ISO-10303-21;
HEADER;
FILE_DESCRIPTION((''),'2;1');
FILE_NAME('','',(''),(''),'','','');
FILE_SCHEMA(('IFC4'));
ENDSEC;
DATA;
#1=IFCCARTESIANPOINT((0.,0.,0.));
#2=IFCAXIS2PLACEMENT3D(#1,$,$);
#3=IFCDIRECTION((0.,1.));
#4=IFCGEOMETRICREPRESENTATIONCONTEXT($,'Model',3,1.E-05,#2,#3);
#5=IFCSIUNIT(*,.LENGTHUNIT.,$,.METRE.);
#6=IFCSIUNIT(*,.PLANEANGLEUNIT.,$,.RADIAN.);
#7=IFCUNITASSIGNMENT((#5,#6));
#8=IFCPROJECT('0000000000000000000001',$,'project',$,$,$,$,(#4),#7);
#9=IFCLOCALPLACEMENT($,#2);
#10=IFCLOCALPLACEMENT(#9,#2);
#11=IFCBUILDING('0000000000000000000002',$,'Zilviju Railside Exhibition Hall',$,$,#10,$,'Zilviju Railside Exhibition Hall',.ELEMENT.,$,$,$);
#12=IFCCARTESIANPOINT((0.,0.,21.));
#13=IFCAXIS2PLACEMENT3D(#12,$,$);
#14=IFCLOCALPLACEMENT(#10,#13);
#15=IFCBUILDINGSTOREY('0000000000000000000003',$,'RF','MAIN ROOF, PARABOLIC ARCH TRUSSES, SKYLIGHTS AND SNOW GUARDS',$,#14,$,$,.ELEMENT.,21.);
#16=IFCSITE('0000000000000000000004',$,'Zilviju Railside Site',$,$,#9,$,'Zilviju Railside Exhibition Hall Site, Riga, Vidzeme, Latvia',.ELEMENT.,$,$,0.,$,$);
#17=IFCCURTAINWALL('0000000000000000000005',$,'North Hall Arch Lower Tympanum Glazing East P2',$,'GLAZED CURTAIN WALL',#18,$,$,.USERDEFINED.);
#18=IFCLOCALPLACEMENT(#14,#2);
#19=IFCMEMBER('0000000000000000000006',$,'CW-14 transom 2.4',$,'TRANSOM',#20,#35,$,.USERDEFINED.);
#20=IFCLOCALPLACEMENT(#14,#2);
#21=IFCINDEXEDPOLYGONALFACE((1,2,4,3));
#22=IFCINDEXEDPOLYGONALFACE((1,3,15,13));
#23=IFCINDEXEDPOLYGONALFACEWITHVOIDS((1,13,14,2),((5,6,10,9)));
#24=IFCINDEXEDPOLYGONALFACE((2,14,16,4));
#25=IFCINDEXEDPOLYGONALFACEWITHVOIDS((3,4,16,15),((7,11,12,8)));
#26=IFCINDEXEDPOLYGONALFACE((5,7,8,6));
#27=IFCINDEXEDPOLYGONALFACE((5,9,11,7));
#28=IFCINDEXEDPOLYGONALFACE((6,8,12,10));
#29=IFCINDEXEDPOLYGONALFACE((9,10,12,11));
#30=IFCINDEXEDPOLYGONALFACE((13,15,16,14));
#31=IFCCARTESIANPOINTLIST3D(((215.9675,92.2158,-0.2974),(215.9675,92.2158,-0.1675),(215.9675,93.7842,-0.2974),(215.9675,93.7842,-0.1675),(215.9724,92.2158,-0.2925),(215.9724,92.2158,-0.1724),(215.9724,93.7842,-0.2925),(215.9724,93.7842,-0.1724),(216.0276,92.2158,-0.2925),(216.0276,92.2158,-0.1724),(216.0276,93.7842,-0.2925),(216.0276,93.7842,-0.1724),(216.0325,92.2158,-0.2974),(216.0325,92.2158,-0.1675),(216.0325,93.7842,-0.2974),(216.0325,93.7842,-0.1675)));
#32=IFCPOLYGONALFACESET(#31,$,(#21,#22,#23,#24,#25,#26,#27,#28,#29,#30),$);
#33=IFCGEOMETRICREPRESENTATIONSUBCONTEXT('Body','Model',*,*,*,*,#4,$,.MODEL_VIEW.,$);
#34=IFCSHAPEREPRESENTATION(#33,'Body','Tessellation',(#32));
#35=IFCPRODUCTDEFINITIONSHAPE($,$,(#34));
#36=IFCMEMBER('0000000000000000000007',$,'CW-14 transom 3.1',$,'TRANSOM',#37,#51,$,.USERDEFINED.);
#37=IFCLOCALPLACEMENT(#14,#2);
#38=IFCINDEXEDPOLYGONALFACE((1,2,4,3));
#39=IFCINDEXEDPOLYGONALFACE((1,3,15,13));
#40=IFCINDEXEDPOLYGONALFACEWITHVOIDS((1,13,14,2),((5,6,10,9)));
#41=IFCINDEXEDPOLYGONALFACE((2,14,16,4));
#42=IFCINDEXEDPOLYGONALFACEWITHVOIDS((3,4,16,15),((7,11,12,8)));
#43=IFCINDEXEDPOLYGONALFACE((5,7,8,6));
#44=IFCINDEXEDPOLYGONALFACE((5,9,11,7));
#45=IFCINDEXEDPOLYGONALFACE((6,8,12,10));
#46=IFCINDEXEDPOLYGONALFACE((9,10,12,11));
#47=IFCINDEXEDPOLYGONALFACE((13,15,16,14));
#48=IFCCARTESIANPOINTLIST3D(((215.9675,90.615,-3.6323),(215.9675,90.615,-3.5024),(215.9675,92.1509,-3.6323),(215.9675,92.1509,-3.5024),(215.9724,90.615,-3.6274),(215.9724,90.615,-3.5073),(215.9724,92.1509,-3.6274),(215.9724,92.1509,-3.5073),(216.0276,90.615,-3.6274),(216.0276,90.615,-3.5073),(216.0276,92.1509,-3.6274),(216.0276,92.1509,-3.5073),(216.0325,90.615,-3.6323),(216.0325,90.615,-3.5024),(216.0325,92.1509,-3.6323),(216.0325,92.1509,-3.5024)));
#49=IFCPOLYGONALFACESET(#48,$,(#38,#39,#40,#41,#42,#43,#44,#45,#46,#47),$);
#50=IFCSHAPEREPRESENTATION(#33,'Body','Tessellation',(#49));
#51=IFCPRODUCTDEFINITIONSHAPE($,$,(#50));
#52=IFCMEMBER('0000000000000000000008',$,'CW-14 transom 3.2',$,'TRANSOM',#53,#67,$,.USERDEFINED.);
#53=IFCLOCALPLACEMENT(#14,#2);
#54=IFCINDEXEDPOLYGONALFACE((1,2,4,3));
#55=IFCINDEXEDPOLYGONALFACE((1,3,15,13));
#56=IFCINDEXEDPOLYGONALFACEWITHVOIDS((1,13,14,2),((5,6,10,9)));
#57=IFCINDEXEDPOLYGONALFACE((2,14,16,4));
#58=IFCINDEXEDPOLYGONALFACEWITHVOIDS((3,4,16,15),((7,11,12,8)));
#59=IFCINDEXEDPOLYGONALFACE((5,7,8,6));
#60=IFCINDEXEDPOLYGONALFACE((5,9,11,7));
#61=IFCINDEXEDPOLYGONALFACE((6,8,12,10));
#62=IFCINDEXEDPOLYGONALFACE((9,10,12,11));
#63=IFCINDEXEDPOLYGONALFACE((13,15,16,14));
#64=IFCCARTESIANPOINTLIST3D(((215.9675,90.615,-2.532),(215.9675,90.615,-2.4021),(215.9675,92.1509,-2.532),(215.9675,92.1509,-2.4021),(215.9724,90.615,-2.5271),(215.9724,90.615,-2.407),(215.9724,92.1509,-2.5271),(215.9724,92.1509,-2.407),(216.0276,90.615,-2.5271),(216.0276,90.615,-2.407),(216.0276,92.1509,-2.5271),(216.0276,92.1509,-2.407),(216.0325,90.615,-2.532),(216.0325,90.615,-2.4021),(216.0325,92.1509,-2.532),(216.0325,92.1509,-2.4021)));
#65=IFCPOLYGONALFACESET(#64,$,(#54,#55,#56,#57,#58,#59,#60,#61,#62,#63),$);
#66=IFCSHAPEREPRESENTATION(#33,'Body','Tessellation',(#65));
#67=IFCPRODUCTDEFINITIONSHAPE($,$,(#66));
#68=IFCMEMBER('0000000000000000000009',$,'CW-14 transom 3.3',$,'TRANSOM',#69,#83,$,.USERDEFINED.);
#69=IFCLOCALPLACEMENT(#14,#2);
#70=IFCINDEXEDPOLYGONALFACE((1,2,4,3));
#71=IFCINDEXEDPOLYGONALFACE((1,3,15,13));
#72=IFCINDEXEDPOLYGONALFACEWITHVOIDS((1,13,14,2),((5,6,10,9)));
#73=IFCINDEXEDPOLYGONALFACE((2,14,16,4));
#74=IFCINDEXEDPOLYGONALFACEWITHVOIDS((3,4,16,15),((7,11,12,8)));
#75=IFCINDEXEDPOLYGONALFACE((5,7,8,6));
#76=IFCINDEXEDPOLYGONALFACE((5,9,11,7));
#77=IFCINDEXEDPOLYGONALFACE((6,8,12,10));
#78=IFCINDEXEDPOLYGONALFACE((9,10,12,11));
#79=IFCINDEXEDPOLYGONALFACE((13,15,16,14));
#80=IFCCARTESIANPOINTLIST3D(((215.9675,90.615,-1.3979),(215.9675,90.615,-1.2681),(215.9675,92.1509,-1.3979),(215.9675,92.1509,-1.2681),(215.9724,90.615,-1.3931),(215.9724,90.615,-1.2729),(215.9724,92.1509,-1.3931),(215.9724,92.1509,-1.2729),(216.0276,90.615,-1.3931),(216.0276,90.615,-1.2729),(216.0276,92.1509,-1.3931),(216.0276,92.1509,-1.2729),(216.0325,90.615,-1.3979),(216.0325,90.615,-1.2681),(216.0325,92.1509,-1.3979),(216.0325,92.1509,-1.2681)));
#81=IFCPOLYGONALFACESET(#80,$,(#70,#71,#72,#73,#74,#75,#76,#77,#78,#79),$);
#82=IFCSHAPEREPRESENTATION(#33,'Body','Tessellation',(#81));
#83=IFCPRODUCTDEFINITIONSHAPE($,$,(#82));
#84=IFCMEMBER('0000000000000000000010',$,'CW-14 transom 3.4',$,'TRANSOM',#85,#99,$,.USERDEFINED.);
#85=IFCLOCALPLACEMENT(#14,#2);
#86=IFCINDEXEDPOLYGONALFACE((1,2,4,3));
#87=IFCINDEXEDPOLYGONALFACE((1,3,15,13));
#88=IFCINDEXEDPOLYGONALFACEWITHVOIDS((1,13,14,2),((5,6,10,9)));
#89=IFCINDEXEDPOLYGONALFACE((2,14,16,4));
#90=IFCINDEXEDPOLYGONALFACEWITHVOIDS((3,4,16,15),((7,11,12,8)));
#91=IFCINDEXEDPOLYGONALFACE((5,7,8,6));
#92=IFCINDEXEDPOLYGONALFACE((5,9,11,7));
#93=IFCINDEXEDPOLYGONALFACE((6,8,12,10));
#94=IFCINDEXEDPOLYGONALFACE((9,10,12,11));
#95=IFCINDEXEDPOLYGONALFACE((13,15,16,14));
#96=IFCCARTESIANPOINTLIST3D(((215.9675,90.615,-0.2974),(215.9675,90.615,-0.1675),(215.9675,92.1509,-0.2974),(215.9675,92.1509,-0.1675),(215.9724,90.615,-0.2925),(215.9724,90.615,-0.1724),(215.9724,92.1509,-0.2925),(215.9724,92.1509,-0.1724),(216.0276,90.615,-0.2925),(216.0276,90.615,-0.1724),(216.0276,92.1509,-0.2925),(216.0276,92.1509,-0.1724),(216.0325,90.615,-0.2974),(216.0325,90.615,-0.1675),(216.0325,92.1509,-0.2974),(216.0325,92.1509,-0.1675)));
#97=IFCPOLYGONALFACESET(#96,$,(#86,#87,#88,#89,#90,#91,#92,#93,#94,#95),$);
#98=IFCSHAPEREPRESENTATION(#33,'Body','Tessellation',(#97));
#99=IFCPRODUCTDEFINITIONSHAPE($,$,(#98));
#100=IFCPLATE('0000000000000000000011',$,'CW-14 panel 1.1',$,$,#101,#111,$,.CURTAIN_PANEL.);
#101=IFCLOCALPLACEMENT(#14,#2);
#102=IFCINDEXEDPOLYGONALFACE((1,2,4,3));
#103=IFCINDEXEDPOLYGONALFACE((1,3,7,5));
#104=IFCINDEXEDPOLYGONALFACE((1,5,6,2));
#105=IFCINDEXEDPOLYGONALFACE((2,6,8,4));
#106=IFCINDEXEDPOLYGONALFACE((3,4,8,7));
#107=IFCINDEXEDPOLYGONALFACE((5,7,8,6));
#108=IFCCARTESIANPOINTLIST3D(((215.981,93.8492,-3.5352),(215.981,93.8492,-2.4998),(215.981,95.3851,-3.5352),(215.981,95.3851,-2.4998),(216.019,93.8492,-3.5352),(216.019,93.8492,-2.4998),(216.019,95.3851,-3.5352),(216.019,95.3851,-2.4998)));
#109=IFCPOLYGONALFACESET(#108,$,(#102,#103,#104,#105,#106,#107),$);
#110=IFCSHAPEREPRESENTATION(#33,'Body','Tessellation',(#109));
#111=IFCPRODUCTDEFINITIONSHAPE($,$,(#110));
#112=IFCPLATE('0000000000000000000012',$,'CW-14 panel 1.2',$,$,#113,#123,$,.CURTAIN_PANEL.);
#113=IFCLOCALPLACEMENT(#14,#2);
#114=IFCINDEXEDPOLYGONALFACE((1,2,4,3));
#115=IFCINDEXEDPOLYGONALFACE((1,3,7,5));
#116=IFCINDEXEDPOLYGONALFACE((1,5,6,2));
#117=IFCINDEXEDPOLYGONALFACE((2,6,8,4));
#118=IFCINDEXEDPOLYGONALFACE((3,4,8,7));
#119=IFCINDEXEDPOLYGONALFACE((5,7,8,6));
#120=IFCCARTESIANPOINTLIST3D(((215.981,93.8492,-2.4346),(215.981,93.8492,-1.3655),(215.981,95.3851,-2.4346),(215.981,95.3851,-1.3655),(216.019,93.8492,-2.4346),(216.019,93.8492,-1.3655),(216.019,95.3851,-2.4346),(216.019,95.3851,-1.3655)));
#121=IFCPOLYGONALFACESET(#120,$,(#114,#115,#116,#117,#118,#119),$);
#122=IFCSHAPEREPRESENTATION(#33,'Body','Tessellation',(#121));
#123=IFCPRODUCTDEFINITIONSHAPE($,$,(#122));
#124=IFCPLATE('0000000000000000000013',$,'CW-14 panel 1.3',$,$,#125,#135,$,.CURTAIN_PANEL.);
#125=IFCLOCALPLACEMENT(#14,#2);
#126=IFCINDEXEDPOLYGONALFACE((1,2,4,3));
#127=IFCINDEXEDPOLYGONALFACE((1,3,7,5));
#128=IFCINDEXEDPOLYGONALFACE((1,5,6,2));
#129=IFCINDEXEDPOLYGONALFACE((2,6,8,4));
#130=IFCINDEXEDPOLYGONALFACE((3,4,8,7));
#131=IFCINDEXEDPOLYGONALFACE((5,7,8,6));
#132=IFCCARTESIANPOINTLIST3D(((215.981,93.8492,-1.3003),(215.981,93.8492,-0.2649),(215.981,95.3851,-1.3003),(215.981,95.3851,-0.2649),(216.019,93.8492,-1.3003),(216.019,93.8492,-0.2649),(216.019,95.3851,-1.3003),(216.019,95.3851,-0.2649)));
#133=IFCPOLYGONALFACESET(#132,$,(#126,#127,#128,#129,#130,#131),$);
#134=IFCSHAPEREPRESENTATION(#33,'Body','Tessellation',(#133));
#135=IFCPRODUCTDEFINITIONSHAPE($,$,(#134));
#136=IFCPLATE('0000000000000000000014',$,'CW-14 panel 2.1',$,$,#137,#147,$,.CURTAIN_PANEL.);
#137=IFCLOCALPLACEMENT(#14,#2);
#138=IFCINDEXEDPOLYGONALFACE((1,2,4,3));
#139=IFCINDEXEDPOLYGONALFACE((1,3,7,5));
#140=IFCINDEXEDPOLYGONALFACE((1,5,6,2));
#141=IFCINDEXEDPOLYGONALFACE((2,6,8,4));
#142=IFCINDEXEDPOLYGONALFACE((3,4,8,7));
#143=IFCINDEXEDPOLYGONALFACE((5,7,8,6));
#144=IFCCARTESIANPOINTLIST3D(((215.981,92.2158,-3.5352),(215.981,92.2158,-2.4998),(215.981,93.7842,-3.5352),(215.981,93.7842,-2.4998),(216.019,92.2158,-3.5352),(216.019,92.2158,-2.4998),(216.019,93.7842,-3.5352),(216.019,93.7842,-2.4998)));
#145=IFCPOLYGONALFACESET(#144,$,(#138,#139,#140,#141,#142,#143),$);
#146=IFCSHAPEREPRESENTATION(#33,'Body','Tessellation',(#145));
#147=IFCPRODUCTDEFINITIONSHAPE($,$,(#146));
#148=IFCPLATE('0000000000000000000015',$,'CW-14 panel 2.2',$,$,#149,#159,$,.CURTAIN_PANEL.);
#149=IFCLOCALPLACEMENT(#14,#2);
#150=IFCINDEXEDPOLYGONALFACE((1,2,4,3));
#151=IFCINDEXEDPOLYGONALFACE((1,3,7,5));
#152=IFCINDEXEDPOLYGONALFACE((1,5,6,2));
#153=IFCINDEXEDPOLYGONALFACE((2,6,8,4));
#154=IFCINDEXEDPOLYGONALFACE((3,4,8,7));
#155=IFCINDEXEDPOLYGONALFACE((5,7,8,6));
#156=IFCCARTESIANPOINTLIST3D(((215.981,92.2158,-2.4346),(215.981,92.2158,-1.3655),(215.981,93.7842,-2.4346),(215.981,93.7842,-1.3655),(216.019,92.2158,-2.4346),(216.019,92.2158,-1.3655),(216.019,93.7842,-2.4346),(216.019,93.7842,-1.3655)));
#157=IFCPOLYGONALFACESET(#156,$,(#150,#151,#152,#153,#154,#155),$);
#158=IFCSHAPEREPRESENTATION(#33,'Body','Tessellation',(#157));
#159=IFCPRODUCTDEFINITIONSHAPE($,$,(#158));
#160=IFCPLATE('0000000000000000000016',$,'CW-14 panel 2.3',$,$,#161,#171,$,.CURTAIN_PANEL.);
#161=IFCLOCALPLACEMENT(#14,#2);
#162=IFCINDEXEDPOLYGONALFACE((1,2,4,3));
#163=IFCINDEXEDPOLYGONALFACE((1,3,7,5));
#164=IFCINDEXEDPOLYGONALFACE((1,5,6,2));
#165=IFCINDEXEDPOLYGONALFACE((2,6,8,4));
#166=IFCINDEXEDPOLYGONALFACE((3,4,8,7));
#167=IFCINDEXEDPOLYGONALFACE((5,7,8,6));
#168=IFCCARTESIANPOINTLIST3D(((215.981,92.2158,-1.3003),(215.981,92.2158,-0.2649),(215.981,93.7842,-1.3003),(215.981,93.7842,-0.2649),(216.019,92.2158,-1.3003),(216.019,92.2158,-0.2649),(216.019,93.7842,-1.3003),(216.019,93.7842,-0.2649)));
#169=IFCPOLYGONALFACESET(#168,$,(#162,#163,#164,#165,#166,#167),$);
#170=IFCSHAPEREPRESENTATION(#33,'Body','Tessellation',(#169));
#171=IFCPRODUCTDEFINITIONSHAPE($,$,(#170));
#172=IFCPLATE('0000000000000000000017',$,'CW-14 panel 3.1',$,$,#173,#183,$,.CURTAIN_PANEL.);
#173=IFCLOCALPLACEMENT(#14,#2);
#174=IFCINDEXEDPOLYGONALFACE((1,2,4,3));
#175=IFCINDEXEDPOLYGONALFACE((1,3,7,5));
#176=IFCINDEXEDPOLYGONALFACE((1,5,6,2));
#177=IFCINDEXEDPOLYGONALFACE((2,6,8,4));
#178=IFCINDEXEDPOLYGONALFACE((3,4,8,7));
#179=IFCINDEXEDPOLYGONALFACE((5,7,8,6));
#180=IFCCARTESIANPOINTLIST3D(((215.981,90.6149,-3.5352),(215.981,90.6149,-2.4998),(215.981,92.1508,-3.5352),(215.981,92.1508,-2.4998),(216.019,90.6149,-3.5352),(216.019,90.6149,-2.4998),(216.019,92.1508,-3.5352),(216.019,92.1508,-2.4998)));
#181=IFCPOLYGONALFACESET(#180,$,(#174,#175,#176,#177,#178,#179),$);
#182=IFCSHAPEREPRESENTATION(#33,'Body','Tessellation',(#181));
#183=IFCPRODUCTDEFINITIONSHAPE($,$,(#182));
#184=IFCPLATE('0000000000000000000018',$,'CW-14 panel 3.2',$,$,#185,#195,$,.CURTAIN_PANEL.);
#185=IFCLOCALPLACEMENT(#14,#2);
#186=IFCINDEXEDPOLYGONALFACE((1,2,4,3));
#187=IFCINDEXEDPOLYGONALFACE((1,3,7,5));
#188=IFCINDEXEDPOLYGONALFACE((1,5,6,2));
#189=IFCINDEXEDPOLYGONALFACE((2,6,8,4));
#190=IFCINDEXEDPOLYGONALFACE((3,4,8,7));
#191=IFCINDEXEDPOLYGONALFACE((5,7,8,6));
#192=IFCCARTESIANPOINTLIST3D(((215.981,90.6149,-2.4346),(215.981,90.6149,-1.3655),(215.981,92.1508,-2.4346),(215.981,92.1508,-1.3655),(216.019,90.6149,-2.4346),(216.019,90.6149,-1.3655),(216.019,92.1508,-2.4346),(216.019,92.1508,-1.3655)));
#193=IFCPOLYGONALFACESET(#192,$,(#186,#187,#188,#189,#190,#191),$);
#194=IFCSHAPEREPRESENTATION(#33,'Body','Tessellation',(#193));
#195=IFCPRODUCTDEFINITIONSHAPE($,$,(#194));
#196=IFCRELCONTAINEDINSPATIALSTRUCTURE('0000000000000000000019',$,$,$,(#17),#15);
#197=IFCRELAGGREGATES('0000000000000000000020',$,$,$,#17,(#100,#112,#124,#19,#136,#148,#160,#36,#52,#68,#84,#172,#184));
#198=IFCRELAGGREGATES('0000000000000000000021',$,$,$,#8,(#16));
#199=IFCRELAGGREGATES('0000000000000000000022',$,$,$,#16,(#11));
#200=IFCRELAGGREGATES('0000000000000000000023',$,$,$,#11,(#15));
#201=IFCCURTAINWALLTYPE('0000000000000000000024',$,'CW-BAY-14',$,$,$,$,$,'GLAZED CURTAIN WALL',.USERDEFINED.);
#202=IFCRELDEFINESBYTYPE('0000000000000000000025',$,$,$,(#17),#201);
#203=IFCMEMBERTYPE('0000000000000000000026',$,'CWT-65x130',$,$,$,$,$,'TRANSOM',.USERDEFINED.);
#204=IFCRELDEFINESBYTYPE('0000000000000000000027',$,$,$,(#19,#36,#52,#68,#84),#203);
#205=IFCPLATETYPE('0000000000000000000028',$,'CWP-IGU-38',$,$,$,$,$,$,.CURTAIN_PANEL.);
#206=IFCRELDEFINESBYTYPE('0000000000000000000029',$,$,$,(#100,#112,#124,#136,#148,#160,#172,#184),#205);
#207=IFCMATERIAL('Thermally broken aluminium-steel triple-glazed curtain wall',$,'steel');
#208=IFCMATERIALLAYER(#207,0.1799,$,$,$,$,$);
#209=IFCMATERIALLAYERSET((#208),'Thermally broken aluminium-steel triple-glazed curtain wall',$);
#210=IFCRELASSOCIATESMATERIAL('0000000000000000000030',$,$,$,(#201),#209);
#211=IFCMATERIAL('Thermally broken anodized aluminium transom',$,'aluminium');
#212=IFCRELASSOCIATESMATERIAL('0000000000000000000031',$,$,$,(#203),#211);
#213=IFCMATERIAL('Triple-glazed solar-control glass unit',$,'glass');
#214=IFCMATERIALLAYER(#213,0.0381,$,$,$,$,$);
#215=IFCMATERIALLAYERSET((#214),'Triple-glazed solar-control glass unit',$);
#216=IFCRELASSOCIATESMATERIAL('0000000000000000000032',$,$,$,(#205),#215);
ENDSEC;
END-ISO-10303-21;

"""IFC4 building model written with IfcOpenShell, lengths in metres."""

from ifc_helpers import new_model, si_unit, direction, frame, origin, origin_2d, place, context, subcontext, project, spatial, rectangle, hollow_rectangle, extrude, material, layer, layer_set, material_profile, profile_set, type_object, element, aggregate, save


model = new_model("IFC4")

# Units and contexts
model_context = context("Model", 3, precision=1e-05, world=origin(), true_north=direction((0.0, 1.0)))
body_context = subcontext(model_context, "Body", "Model", "MODEL_VIEW")
ifc_project = project(units=[si_unit("LENGTHUNIT", "METRE"), si_unit("PLANEANGLEUNIT", "RADIAN")], contexts=[model_context])

# Site, building, storey
site_placement = place(None, origin())
site = spatial("IfcSite", under=ifc_project, at=site_placement, Name="Zilviju Railside Site", LongName="Zilviju Railside Exhibition Hall Site, Riga, Vidzeme, Latvia", CompositionType="ELEMENT", RefElevation=0.0)
building_placement = place(site_placement, origin())
building = spatial("IfcBuilding", under=site, at=building_placement, Name="Zilviju Railside Exhibition Hall", LongName="Zilviju Railside Exhibition Hall", CompositionType="ELEMENT")
storey_placement = place(building_placement, frame((0.0, 0.0, 21.0)))
storey = spatial("IfcBuildingStorey", under=building, at=storey_placement, Name="RF", Description="MAIN ROOF, PARABOLIC ARCH TRUSSES, SKYLIGHTS AND SNOW GUARDS", CompositionType="ELEMENT", Elevation=21.0)

# Curtain wall, members, plates
ifc_material_1 = material(Name="Thermally broken aluminium-steel triple-glazed curtain wall", Category="steel")
ifc_layer_1 = layer(ifc_material_1, 0.1799)
ifc_layer_set_1 = layer_set([ifc_layer_1], Name="Thermally broken aluminium-steel triple-glazed curtain wall")
curtain_wall_type = type_object("IfcCurtainWallType", Name="CW-BAY-14", ElementType="GLAZED CURTAIN WALL", PredefinedType="USERDEFINED", material=ifc_layer_set_1)
curtain_wall_placement = place(storey_placement, origin())
curtain_wall = element("IfcCurtainWall", 1, at=curtain_wall_placement, inside=storey, type_object=curtain_wall_type, Name="North Hall Arch Lower Tympanum Glazing East P2", ObjectType="GLAZED CURTAIN WALL", PredefinedType="USERDEFINED")
ifc_material_2 = material(Name="Thermally broken anodized aluminium transom", Category="aluminium")
ifc_material_profile_1 = material_profile(ifc_material_2, hollow_rectangle(XDim=0.0649, YDim=0.1299, WallThickness=0.0049, at=origin_2d()), Name="TRANSOM 130x65x5")
ifc_profile_set_1 = profile_set([ifc_material_profile_1], Name="Thermally broken anodized aluminium transom")
member_type_1 = type_object("IfcMemberType", Name="CWT-65x130", ElementType="TRANSOM", PredefinedType="USERDEFINED", material=ifc_profile_set_1)
member_1_placement = place(storey_placement, frame((216.0, 93.7842, -0.2324), z_axis=(0.0, -1.0, 0.0), x_axis=(1.0, 0.0, 0.0)))
member_1 = element("IfcMember", 2, at=member_1_placement, type_object=member_type_1, Name="CW-14 transom 2.4", ObjectType="TRANSOM", PredefinedType="USERDEFINED", context=body_context, shape_type="SweptSolid", body=[
    extrude(hollow_rectangle(XDim=0.0649, YDim=0.1299, WallThickness=0.0049, at=origin_2d()), origin(), (0.0, 0.0, 1.0), 1.5684),
])
member_2_placement = place(storey_placement, frame((216.0, 92.1509, -3.5674), z_axis=(0.0, -1.0, 0.0), x_axis=(1.0, 0.0, 0.0)))
member_2 = element("IfcMember", 3, at=member_2_placement, type_object=member_type_1, Name="CW-14 transom 3.1", ObjectType="TRANSOM", PredefinedType="USERDEFINED", context=body_context, shape_type="SweptSolid", body=[
    extrude(hollow_rectangle(XDim=0.0649, YDim=0.1299, WallThickness=0.0049, at=origin_2d()), origin(), (0.0, 0.0, 1.0), 1.5359),
])
member_3_placement = place(storey_placement, frame((216.0, 92.1509, -2.467), z_axis=(0.0, -1.0, 0.0), x_axis=(1.0, 0.0, 0.0)))
member_3 = element("IfcMember", 4, at=member_3_placement, type_object=member_type_1, Name="CW-14 transom 3.2", ObjectType="TRANSOM", PredefinedType="USERDEFINED", context=body_context, shape_type="SweptSolid", body=[
    extrude(hollow_rectangle(XDim=0.0649, YDim=0.1299, WallThickness=0.0049, at=origin_2d()), origin(), (0.0, 0.0, 1.0), 1.5359),
])
member_4_placement = place(storey_placement, frame((216.0, 92.1509, -1.333), z_axis=(0.0, -1.0, 0.0), x_axis=(1.0, 0.0, 0.0)))
member_4 = element("IfcMember", 5, at=member_4_placement, type_object=member_type_1, Name="CW-14 transom 3.3", ObjectType="TRANSOM", PredefinedType="USERDEFINED", context=body_context, shape_type="SweptSolid", body=[
    extrude(hollow_rectangle(XDim=0.0649, YDim=0.1299, WallThickness=0.0049, at=origin_2d()), origin(), (0.0, 0.0, 1.0), 1.5359),
])
member_5_placement = place(storey_placement, frame((216.0, 92.1509, -0.2324), z_axis=(0.0, -1.0, 0.0), x_axis=(1.0, 0.0, 0.0)))
member_5 = element("IfcMember", 6, at=member_5_placement, type_object=member_type_1, Name="CW-14 transom 3.4", ObjectType="TRANSOM", PredefinedType="USERDEFINED", context=body_context, shape_type="SweptSolid", body=[
    extrude(hollow_rectangle(XDim=0.0649, YDim=0.1299, WallThickness=0.0049, at=origin_2d()), origin(), (0.0, 0.0, 1.0), 1.5359),
])
ifc_material_3 = material(Name="Triple-glazed solar-control glass unit", Category="glass")
ifc_layer_2 = layer(ifc_material_3, 0.0381)
ifc_layer_set_2 = layer_set([ifc_layer_2], Name="Triple-glazed solar-control glass unit")
plate_type = type_object("IfcPlateType", Name="CWP-IGU-38", PredefinedType="CURTAIN_PANEL", material=ifc_layer_set_2)
plate_1_placement = place(storey_placement, frame((216.0, 94.6172, -3.5352), z_axis=(0.0, 0.0, 1.0), x_axis=(0.0, -1.0, 0.0)))
plate_1 = element("IfcPlate", 7, at=plate_1_placement, type_object=plate_type, Name="CW-14 panel 1.1", PredefinedType="CURTAIN_PANEL", context=body_context, shape_type="SweptSolid", body=[
    extrude(rectangle(XDim=1.5359, YDim=0.0381, at=origin_2d()), origin(), (0.0, 0.0, 1.0), 1.0354),
])
plate_2_placement = place(storey_placement, frame((216.0, 94.6172, -2.4346), z_axis=(0.0, 0.0, 1.0), x_axis=(0.0, -1.0, 0.0)))
plate_2 = element("IfcPlate", 8, at=plate_2_placement, type_object=plate_type, Name="CW-14 panel 1.2", PredefinedType="CURTAIN_PANEL", context=body_context, shape_type="SweptSolid", body=[
    extrude(rectangle(XDim=1.5359, YDim=0.0381, at=origin_2d()), origin(), (0.0, 0.0, 1.0), 1.0691),
])
plate_3_placement = place(storey_placement, frame((216.0, 94.6172, -1.3003), z_axis=(0.0, 0.0, 1.0), x_axis=(0.0, -1.0, 0.0)))
plate_3 = element("IfcPlate", 9, at=plate_3_placement, type_object=plate_type, Name="CW-14 panel 1.3", PredefinedType="CURTAIN_PANEL", context=body_context, shape_type="SweptSolid", body=[
    extrude(rectangle(XDim=1.5359, YDim=0.0381, at=origin_2d()), origin(), (0.0, 0.0, 1.0), 1.0354),
])
plate_4_placement = place(storey_placement, frame((216.0, 93.0, -3.5352), z_axis=(0.0, 0.0, 1.0), x_axis=(0.0, -1.0, 0.0)))
plate_4 = element("IfcPlate", 10, at=plate_4_placement, type_object=plate_type, Name="CW-14 panel 2.1", PredefinedType="CURTAIN_PANEL", context=body_context, shape_type="SweptSolid", body=[
    extrude(rectangle(XDim=1.5684, YDim=0.0381, at=origin_2d()), origin(), (0.0, 0.0, 1.0), 1.0354),
])
plate_5_placement = place(storey_placement, frame((216.0, 93.0, -2.4346), z_axis=(0.0, 0.0, 1.0), x_axis=(0.0, -1.0, 0.0)))
plate_5 = element("IfcPlate", 11, at=plate_5_placement, type_object=plate_type, Name="CW-14 panel 2.2", PredefinedType="CURTAIN_PANEL", context=body_context, shape_type="SweptSolid", body=[
    extrude(rectangle(XDim=1.5684, YDim=0.0381, at=origin_2d()), origin(), (0.0, 0.0, 1.0), 1.0691),
])
plate_6_placement = place(storey_placement, frame((216.0, 93.0, -1.3003), z_axis=(0.0, 0.0, 1.0), x_axis=(0.0, -1.0, 0.0)))
plate_6 = element("IfcPlate", 12, at=plate_6_placement, type_object=plate_type, Name="CW-14 panel 2.3", PredefinedType="CURTAIN_PANEL", context=body_context, shape_type="SweptSolid", body=[
    extrude(rectangle(XDim=1.5684, YDim=0.0381, at=origin_2d()), origin(), (0.0, 0.0, 1.0), 1.0354),
])
plate_7_placement = place(storey_placement, frame((216.0, 91.3828, -3.5352), z_axis=(0.0, 0.0, 1.0), x_axis=(0.0, -1.0, 0.0)))
plate_7 = element("IfcPlate", 13, at=plate_7_placement, type_object=plate_type, Name="CW-14 panel 3.1", PredefinedType="CURTAIN_PANEL", context=body_context, shape_type="SweptSolid", body=[
    extrude(rectangle(XDim=1.5359, YDim=0.0381, at=origin_2d()), origin(), (0.0, 0.0, 1.0), 1.0354),
])
plate_8_placement = place(storey_placement, frame((216.0, 91.3828, -2.4346), z_axis=(0.0, 0.0, 1.0), x_axis=(0.0, -1.0, 0.0)))
plate_8 = element("IfcPlate", 14, at=plate_8_placement, type_object=plate_type, Name="CW-14 panel 3.2", PredefinedType="CURTAIN_PANEL", context=body_context, shape_type="SweptSolid", body=[
    extrude(rectangle(XDim=1.5359, YDim=0.0381, at=origin_2d()), origin(), (0.0, 0.0, 1.0), 1.0691),
])
aggregate(curtain_wall, [plate_1, plate_2, plate_3, member_1, plate_4, plate_5, plate_6, member_2, member_3, member_4, member_5, plate_7, plate_8])

save(model, "model.ifc")
